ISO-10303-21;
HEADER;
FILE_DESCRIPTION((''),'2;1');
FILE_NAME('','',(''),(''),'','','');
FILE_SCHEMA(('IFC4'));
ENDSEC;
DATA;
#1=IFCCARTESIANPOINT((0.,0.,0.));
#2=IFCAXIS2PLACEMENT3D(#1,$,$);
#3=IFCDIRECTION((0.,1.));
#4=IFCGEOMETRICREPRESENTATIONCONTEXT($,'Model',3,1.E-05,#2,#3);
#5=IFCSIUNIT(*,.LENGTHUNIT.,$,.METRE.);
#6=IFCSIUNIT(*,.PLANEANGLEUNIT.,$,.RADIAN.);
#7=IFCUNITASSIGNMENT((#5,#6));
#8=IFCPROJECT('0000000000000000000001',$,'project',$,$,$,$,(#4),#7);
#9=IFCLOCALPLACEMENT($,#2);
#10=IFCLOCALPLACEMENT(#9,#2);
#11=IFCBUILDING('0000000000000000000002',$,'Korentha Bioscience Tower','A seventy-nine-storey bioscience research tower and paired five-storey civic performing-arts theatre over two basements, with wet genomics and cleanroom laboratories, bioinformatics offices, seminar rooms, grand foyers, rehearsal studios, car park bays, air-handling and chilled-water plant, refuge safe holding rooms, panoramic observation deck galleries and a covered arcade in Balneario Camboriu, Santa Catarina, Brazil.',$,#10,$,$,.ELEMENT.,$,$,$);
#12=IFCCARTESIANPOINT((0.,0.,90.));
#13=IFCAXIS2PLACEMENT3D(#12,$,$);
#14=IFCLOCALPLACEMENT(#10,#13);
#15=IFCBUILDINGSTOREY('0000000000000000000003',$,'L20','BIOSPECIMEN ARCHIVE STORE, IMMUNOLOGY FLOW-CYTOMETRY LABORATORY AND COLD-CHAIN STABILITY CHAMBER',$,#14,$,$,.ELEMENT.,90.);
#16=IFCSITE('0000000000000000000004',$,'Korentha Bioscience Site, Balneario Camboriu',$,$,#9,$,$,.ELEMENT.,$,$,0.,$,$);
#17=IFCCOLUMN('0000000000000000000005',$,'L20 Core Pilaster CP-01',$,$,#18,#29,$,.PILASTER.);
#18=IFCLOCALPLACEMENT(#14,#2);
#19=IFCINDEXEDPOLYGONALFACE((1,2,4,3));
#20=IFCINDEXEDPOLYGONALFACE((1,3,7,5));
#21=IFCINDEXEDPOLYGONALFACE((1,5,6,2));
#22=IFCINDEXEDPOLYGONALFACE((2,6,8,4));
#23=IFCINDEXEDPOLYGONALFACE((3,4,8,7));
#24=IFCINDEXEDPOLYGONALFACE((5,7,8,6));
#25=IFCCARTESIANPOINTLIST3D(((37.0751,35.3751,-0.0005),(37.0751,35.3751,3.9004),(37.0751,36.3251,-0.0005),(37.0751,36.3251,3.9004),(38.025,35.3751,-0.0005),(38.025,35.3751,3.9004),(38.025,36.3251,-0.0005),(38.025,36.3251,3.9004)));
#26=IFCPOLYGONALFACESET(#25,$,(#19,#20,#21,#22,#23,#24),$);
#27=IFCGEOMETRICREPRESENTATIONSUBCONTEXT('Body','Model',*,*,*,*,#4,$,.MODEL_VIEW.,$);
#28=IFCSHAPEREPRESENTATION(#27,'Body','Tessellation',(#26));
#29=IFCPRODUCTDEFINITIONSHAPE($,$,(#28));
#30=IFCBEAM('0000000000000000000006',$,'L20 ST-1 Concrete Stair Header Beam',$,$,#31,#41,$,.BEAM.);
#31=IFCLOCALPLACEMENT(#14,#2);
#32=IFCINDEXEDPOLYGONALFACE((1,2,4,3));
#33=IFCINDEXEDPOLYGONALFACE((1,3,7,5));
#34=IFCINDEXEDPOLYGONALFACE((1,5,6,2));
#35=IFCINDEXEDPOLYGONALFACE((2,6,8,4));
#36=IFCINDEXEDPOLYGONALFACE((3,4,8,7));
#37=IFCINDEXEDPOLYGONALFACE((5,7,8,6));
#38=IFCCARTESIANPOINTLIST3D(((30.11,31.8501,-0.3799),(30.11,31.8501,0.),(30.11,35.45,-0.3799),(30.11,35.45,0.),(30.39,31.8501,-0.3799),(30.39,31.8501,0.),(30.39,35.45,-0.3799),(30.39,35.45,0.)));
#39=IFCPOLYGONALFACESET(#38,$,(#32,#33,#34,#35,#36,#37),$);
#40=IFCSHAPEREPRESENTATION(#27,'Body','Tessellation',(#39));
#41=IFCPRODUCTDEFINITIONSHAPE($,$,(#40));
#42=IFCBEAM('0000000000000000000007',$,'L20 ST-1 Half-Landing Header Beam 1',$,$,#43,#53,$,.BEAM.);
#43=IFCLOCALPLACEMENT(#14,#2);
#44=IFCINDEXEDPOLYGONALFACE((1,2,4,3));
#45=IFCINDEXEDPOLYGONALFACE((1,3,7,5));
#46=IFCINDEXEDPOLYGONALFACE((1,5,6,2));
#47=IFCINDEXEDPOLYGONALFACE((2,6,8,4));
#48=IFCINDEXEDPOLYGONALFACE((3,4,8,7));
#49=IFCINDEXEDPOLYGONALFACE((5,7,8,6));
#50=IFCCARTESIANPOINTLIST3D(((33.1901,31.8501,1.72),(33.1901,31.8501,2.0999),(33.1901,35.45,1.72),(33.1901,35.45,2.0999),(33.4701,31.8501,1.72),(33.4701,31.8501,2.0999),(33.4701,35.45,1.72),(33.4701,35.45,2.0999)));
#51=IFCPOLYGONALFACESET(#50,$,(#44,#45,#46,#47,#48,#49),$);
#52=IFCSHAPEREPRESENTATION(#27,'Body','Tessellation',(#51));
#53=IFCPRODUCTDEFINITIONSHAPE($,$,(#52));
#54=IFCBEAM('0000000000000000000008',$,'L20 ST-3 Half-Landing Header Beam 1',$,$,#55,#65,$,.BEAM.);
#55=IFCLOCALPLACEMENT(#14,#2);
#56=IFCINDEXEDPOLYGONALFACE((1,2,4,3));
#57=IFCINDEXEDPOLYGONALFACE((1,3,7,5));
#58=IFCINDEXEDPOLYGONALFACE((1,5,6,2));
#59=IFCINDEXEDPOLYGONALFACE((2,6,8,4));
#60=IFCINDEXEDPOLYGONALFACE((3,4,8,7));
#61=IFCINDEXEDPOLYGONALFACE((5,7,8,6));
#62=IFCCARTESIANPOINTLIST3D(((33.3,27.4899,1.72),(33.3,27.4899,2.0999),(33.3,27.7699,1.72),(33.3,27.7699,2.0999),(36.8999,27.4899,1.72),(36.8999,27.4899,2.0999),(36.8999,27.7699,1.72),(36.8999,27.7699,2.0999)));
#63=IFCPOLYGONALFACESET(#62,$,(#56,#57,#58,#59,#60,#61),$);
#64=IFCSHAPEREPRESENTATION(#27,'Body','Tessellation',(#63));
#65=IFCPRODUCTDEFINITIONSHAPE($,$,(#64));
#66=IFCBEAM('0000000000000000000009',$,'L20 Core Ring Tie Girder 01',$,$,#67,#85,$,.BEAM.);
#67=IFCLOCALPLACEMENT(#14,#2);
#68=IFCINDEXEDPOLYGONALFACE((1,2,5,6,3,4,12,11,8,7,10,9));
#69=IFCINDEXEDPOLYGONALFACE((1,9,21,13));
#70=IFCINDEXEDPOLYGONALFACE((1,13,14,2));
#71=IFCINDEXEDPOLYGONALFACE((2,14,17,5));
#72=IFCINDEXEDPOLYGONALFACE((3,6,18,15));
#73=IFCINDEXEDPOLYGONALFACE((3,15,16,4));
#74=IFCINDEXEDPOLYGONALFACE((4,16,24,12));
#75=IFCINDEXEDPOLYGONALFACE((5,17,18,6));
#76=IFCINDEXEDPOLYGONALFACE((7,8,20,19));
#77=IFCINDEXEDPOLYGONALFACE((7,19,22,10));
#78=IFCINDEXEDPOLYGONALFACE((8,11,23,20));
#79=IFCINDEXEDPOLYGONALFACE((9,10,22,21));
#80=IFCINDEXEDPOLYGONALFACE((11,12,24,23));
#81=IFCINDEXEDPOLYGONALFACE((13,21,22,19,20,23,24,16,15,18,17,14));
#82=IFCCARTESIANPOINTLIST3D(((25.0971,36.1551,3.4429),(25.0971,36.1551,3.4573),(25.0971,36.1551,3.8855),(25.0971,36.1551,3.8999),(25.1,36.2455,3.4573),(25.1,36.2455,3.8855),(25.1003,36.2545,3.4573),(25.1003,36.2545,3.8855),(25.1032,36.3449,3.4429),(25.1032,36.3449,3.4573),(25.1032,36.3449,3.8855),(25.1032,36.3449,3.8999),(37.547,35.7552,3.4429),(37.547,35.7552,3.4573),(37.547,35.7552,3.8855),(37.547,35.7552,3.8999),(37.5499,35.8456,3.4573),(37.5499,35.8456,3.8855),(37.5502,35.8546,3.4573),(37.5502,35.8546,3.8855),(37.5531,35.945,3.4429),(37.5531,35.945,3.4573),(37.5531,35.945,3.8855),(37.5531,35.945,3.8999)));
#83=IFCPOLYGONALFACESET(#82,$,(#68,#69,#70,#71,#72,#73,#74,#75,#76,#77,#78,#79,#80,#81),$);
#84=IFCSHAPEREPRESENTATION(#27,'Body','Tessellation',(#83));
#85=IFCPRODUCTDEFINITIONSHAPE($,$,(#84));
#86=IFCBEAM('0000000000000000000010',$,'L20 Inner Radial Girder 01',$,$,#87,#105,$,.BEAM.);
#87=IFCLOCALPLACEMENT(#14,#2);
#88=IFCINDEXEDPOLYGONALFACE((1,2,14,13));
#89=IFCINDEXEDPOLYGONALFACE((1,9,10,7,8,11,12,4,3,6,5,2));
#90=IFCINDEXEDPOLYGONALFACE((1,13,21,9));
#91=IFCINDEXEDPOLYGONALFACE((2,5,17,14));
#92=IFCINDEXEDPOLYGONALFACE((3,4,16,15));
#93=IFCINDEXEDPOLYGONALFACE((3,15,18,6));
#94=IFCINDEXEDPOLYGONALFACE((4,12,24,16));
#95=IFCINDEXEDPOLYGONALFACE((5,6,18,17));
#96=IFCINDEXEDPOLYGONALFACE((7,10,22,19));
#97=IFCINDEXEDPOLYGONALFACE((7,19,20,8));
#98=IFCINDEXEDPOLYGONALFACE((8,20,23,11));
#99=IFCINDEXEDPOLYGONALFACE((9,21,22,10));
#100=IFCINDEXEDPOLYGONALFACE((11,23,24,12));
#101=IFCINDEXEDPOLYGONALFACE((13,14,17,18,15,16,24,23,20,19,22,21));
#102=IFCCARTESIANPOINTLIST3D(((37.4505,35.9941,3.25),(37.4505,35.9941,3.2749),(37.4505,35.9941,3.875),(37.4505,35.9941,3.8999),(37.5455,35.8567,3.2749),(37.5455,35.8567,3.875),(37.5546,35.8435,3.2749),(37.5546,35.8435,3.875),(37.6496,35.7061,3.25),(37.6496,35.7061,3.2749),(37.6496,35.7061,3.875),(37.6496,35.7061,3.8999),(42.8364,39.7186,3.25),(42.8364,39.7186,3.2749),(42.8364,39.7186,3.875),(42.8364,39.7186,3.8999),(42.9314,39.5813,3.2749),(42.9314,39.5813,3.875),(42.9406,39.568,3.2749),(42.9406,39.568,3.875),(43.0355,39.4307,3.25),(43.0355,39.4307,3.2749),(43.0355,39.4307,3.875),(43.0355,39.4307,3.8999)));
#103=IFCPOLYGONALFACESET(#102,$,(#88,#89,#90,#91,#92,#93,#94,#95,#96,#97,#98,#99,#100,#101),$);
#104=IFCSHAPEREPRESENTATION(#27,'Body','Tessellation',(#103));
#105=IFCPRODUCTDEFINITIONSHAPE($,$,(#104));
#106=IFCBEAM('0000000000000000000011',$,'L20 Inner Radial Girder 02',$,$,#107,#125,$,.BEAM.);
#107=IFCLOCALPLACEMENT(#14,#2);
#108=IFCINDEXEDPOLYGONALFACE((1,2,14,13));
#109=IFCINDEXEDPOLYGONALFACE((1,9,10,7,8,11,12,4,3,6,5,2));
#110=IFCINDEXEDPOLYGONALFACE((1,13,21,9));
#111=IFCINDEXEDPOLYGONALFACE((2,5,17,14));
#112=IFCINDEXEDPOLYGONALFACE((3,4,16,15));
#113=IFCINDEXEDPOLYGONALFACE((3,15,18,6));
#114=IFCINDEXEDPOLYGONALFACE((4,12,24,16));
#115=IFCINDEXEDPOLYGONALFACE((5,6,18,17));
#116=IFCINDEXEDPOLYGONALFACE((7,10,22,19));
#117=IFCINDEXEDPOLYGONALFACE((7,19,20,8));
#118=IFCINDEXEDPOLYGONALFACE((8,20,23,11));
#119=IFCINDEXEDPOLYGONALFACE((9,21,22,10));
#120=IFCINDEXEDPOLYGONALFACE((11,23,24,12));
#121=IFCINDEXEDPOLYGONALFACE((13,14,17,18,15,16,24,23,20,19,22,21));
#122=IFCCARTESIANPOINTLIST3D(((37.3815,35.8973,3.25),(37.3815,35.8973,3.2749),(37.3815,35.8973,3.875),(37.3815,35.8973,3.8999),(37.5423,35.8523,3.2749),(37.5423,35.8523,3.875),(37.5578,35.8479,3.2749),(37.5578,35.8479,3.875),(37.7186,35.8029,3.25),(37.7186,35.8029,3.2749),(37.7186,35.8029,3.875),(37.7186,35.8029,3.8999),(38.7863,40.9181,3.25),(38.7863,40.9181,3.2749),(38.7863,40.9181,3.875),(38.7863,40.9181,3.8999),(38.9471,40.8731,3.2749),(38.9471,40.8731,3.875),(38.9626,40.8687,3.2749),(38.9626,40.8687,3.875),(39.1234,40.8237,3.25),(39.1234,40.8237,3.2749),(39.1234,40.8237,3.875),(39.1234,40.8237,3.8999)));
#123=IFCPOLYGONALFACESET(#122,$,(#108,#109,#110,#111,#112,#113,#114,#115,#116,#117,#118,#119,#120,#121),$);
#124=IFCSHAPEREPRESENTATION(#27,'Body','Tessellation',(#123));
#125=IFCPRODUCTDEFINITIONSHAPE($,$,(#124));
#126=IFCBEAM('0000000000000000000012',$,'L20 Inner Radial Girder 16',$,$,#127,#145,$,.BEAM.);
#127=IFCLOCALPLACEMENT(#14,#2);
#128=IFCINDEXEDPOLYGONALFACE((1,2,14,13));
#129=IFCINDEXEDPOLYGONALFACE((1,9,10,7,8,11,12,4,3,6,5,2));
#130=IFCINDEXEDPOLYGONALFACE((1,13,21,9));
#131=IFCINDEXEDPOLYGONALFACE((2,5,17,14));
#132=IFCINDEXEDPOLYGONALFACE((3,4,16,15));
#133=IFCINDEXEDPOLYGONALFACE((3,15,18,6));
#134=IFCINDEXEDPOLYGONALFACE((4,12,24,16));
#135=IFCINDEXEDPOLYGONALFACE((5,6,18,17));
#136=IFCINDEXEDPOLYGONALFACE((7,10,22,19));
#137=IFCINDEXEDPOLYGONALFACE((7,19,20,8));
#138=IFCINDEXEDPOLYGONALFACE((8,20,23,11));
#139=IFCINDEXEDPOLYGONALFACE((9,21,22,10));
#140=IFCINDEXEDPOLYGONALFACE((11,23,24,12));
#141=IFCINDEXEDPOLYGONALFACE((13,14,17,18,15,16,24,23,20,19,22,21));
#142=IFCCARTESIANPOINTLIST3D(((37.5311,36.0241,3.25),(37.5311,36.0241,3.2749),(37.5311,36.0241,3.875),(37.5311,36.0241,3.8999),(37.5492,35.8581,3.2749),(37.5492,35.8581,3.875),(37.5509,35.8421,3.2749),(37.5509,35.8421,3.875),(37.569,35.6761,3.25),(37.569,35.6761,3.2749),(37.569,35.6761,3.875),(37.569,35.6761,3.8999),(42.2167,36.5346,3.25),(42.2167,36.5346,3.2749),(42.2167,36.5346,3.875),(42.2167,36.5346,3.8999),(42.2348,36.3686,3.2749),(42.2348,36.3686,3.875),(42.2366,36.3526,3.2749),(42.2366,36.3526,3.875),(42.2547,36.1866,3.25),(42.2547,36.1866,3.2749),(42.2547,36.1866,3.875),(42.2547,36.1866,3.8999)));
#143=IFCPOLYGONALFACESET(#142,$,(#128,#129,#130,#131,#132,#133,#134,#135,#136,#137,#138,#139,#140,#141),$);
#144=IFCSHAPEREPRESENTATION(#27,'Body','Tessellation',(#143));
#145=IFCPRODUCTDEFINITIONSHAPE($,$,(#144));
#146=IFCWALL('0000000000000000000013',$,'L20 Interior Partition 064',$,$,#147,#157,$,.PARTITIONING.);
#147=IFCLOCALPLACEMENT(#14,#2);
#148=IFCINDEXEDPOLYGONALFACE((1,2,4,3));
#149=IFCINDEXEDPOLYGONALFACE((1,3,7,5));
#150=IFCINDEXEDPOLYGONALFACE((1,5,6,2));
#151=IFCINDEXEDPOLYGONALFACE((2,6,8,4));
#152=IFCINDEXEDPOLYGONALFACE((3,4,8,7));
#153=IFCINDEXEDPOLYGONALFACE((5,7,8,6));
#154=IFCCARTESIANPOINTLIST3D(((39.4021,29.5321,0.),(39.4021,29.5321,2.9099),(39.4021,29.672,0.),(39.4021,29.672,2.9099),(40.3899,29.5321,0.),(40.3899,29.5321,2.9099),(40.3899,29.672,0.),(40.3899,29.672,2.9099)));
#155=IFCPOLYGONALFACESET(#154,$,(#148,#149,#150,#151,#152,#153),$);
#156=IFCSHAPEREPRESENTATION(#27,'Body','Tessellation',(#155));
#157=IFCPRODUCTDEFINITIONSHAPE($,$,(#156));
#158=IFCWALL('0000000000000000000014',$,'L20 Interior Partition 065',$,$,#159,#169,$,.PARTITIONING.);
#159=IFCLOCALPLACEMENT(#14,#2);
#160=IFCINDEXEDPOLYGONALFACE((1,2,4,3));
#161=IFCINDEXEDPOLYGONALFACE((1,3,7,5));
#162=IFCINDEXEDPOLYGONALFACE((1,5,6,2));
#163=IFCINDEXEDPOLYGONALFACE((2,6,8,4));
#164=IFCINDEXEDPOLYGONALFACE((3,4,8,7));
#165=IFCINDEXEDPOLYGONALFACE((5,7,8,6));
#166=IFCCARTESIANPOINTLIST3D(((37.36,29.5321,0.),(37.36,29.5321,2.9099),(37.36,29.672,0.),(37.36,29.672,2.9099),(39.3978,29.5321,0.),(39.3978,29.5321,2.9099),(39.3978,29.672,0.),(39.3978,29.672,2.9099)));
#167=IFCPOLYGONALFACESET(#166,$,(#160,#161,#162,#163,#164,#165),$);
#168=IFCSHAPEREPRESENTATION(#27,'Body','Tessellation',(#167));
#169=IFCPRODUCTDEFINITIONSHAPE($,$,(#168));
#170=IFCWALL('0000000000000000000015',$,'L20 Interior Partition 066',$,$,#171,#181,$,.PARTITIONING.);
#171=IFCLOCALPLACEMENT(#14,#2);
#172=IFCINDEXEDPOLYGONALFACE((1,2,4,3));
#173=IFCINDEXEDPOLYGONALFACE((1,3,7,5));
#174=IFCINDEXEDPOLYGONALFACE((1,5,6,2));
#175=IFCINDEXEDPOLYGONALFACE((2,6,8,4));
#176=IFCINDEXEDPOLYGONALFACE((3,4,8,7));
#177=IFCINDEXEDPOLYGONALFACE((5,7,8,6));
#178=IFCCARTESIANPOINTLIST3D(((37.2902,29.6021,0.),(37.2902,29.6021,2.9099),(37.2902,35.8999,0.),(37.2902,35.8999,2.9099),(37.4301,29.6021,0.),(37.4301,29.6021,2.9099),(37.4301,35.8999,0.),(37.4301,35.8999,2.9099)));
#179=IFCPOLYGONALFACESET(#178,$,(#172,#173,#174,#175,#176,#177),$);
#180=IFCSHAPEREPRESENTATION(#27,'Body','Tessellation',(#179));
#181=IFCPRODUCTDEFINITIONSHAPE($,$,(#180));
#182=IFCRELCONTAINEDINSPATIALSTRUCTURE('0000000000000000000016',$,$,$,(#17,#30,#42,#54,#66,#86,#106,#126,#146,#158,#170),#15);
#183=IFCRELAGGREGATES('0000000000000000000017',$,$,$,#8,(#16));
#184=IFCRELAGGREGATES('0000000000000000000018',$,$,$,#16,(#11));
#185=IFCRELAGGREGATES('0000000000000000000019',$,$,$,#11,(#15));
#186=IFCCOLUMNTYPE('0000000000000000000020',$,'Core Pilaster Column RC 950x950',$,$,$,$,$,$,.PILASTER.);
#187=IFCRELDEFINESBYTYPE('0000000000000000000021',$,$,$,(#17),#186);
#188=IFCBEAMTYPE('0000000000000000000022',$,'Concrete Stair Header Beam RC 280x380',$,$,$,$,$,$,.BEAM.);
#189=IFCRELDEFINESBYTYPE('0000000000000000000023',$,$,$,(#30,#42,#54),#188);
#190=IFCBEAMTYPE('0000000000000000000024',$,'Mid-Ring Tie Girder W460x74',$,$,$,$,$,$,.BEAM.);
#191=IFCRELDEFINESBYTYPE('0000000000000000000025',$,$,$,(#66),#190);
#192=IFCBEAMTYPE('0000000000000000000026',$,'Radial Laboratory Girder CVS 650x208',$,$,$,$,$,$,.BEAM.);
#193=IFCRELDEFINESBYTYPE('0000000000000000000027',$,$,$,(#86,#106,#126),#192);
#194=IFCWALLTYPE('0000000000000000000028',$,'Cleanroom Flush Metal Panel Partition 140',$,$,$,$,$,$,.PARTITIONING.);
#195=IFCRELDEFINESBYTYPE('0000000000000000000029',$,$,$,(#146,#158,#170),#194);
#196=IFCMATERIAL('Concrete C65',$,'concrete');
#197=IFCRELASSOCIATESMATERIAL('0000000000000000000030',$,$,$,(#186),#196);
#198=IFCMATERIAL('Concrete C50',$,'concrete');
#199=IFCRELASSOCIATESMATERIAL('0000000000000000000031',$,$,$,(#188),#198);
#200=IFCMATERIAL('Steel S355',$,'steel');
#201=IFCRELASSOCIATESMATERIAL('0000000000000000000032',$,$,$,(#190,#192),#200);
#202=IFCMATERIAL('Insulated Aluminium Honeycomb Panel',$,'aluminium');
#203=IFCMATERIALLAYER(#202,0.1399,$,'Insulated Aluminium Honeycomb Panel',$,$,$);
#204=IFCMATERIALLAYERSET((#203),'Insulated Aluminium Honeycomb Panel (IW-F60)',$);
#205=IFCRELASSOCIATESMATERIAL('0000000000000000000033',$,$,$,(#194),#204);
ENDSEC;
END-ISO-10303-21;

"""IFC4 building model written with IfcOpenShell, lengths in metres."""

from ifc_helpers import new_model, si_unit, direction, frame, frame_2d, origin, origin_2d, place, context, subcontext, project, spatial, rectangle, i_section, extrude, material, layer, layer_set, material_profile, profile_set, type_object, element, save


model = new_model("IFC4")

# Units and contexts
model_context = context("Model", 3, precision=1e-05, world=origin(), true_north=direction((0.0, 1.0)))
body_context = subcontext(model_context, "Body", "Model", "MODEL_VIEW")
ifc_project = project(units=[si_unit("LENGTHUNIT", "METRE"), si_unit("PLANEANGLEUNIT", "RADIAN")], contexts=[model_context])

# Site, building, storey
site_placement = place(None, origin())
site = spatial("IfcSite", under=ifc_project, at=site_placement, Name="Korentha Bioscience Site, Balneario Camboriu", CompositionType="ELEMENT", RefElevation=0.0)
building_placement = place(site_placement, origin())
building = spatial("IfcBuilding", under=site, at=building_placement, Name="Korentha Bioscience Tower", Description="A seventy-nine-storey bioscience research tower and paired five-storey civic performing-arts theatre over two basements, with wet genomics and cleanroom laboratories, bioinformatics offices, seminar rooms, grand foyers, rehearsal studios, car park bays, air-handling and chilled-water plant, refuge safe holding rooms, panoramic observation deck galleries and a covered arcade in Balneario Camboriu, Santa Catarina, Brazil.", CompositionType="ELEMENT")
storey_placement = place(building_placement, frame((0.0, 0.0, 90.0)))
storey = spatial("IfcBuildingStorey", under=building, at=storey_placement, Name="L20", Description="BIOSPECIMEN ARCHIVE STORE, IMMUNOLOGY FLOW-CYTOMETRY LABORATORY AND COLD-CHAIN STABILITY CHAMBER", CompositionType="ELEMENT", Elevation=90.0)

# Column
ifc_material_1 = material(Name="Concrete C65", Category="concrete")
ifc_material_profile_1 = material_profile(ifc_material_1, rectangle(XDim=0.95, YDim=0.95, at=origin_2d()), Name="Concrete C65")
ifc_profile_set_1 = profile_set([ifc_material_profile_1], Name="Concrete C65 (COL-CP09)")
column_type = type_object("IfcColumnType", Name="Core Pilaster Column RC 950x950", PredefinedType="PILASTER", material=ifc_profile_set_1)
column_placement = place(storey_placement, frame((37.55, 35.8501, -0.0005), z_axis=(0.0, 0.0, 1.0), x_axis=(1.0, 0.0, 0.0)))
element("IfcColumn", 1, at=column_placement, inside=storey, type_object=column_type, Name="L20 Core Pilaster CP-01", PredefinedType="PILASTER", context=body_context, shape_type="SweptSolid", body=[
    extrude(rectangle(XDim=0.95, YDim=0.95, at=origin_2d()), origin(), (0.0, 0.0, 1.0), 3.9009),
])

# Beams
ifc_material_2 = material(Name="Concrete C50", Category="concrete")
ifc_material_profile_2 = material_profile(ifc_material_2, rectangle(XDim=0.28, YDim=0.3799, at=origin_2d()), Name="Concrete C50")
ifc_profile_set_2 = profile_set([ifc_material_profile_2], Name="Concrete C50 (ST-HB380)")
beam_type_1 = type_object("IfcBeamType", Name="Concrete Stair Header Beam RC 280x380", PredefinedType="BEAM", material=ifc_profile_set_2)
for number, where, z_axis, x_axis, name in (
    (2, (30.25, 31.8501, -0.1899), (0.0, 1.0, 0.0), (-1.0, 0.0, 0.0), "L20 ST-1 Concrete Stair Header Beam"),
    (3, (33.3301, 31.8501, 1.9099), (0.0, 1.0, 0.0), (-1.0, 0.0, 0.0), "L20 ST-1 Half-Landing Header Beam 1"),
    (4, (36.8999, 27.6299, 1.9099), (-1.0, 0.0, 0.0), (0.0, -1.0, 0.0), "L20 ST-3 Half-Landing Header Beam 1"),
):
    element("IfcBeam", number, at=place(storey_placement, frame(where, z_axis=z_axis, x_axis=x_axis)), inside=storey, type_object=beam_type_1, Name=name, PredefinedType="BEAM", context=body_context, shape_type="SweptSolid", body=[
        extrude(rectangle(XDim=0.28, YDim=0.3799, at=origin_2d()), origin(), (0.0, 0.0, 1.0), 3.5999),
    ])
ifc_material_3 = material(Name="Steel S355", Category="steel")
ifc_material_profile_3 = material_profile(ifc_material_3, i_section(OverallWidth=0.1899, OverallDepth=0.457, WebThickness=0.009, FlangeThickness=0.0144, at=origin_2d()), Name="Steel S355")
ifc_profile_set_3 = profile_set([ifc_material_profile_3], Name="Steel S355 (MB-460)")
beam_type_2 = type_object("IfcBeamType", Name="Mid-Ring Tie Girder W460x74", PredefinedType="BEAM", material=ifc_profile_set_3)
beam_1_placement = place(storey_placement, frame((37.55, 35.8501, 3.6714), z_axis=(-0.999485, 0.032104, 0.0), x_axis=(-0.032104, -0.999485, 0.0)))
element("IfcBeam", 5, at=beam_1_placement, inside=storey, type_object=beam_type_2, Name="L20 Core Ring Tie Girder 01", PredefinedType="BEAM", context=body_context, shape_type="SweptSolid", body=[
    extrude(i_section(OverallWidth=0.1899, OverallDepth=0.457, WebThickness=0.009, FlangeThickness=0.0144, at=origin_2d()), origin(), (0.0, 0.0, 1.0), 12.4563),
])
ifc_material_profile_4 = material_profile(ifc_material_3, i_section(OverallWidth=0.3501, OverallDepth=0.6499, WebThickness=0.0161, FlangeThickness=0.0249, at=origin_2d()), Name="Steel S355")
ifc_profile_set_4 = profile_set([ifc_material_profile_4], Name="Steel S355 (RB-650)")
beam_type_3 = type_object("IfcBeamType", Name="Radial Laboratory Girder CVS 650x208", PredefinedType="BEAM", material=ifc_profile_set_4)
beam_2_placement = place(storey_placement, frame((37.55, 35.8501, 3.575), z_axis=(0.822489, 0.568781, 0.0), x_axis=(-0.568781, 0.822489, 0.0)))
element("IfcBeam", 6, at=beam_2_placement, inside=storey, type_object=beam_type_3, Name="L20 Inner Radial Girder 01", PredefinedType="BEAM", context=body_context, shape_type="SweptSolid", body=[
    extrude(i_section(OverallWidth=0.3501, OverallDepth=0.6499, WebThickness=0.0161, FlangeThickness=0.0249, at=origin_2d()), origin(), (0.0, 0.0, 1.0), 6.5483),
])
beam_3_placement = place(storey_placement, frame((37.55, 35.8501, 3.575), z_axis=(0.269448, 0.963015, 0.0), x_axis=(-0.963015, 0.269448, 0.0)))
element("IfcBeam", 7, at=beam_3_placement, inside=storey, type_object=beam_type_3, Name="L20 Inner Radial Girder 02", PredefinedType="BEAM", context=body_context, shape_type="SweptSolid", body=[
    extrude(i_section(OverallWidth=0.3501, OverallDepth=0.6499, WebThickness=0.0161, FlangeThickness=0.0249, at=origin_2d()), origin(), (0.0, 0.0, 1.0), 5.2136),
])
beam_4_placement = place(storey_placement, frame((37.55, 35.8501, 3.575), z_axis=(0.994117, 0.108311, 0.0), x_axis=(-0.108311, 0.994117, 0.0)))
element("IfcBeam", 8, at=beam_4_placement, inside=storey, type_object=beam_type_3, Name="L20 Inner Radial Girder 16", PredefinedType="BEAM", context=body_context, shape_type="SweptSolid", body=[
    extrude(i_section(OverallWidth=0.3501, OverallDepth=0.6499, WebThickness=0.0161, FlangeThickness=0.0249, at=origin_2d()), origin(), (0.0, 0.0, 1.0), 4.7134),
])

# Walls
ifc_material_4 = material(Name="Insulated Aluminium Honeycomb Panel", Category="aluminium")
ifc_layer_1 = layer(ifc_material_4, 0.1399, Name="Insulated Aluminium Honeycomb Panel")
ifc_layer_set_1 = layer_set([ifc_layer_1], Name="Insulated Aluminium Honeycomb Panel (IW-F60)")
wall_type_1 = type_object("IfcWallType", Name="Cleanroom Flush Metal Panel Partition 140", PredefinedType="PARTITIONING", material=ifc_layer_set_1)
wall_1_placement = place(storey_placement, frame((40.3899, 29.6021, 0.0), z_axis=(0.0, 0.0, 1.0), x_axis=(-1.0, 0.0, 0.0)))
element("IfcWall", 9, at=wall_1_placement, inside=storey, type_object=wall_type_1, Name="L20 Interior Partition 064", PredefinedType="PARTITIONING", context=body_context, shape_type="SweptSolid", body=[
    extrude(rectangle(XDim=0.9878, YDim=0.1399, at=frame_2d((0.4939, 0.0))), origin(), (0.0, 0.0, 1.0), 2.9099),
])
wall_2_placement = place(storey_placement, frame((39.3979, 29.6021, 0.0), z_axis=(0.0, 0.0, 1.0), x_axis=(-1.0, 0.0, 0.0)))
element("IfcWall", 10, at=wall_2_placement, inside=storey, type_object=wall_type_1, Name="L20 Interior Partition 065", PredefinedType="PARTITIONING", context=body_context, shape_type="SweptSolid", body=[
    extrude(rectangle(XDim=2.0378, YDim=0.1399, at=frame_2d((1.019, 0.0))), origin(), (0.0, 0.0, 1.0), 2.9099),
])
wall_3_placement = place(storey_placement, frame((37.3601, 29.6021, 0.0), z_axis=(0.0, 0.0, 1.0), x_axis=(0.0, 1.0, 0.0)))
element("IfcWall", 11, at=wall_3_placement, inside=storey, type_object=wall_type_1, Name="L20 Interior Partition 066", PredefinedType="PARTITIONING", context=body_context, shape_type="SweptSolid", body=[
    extrude(rectangle(XDim=6.2979, YDim=0.1399, at=frame_2d((3.1489, 0.0))), origin(), (0.0, 0.0, 1.0), 2.9099),
])

save(model, "model.ifc")
